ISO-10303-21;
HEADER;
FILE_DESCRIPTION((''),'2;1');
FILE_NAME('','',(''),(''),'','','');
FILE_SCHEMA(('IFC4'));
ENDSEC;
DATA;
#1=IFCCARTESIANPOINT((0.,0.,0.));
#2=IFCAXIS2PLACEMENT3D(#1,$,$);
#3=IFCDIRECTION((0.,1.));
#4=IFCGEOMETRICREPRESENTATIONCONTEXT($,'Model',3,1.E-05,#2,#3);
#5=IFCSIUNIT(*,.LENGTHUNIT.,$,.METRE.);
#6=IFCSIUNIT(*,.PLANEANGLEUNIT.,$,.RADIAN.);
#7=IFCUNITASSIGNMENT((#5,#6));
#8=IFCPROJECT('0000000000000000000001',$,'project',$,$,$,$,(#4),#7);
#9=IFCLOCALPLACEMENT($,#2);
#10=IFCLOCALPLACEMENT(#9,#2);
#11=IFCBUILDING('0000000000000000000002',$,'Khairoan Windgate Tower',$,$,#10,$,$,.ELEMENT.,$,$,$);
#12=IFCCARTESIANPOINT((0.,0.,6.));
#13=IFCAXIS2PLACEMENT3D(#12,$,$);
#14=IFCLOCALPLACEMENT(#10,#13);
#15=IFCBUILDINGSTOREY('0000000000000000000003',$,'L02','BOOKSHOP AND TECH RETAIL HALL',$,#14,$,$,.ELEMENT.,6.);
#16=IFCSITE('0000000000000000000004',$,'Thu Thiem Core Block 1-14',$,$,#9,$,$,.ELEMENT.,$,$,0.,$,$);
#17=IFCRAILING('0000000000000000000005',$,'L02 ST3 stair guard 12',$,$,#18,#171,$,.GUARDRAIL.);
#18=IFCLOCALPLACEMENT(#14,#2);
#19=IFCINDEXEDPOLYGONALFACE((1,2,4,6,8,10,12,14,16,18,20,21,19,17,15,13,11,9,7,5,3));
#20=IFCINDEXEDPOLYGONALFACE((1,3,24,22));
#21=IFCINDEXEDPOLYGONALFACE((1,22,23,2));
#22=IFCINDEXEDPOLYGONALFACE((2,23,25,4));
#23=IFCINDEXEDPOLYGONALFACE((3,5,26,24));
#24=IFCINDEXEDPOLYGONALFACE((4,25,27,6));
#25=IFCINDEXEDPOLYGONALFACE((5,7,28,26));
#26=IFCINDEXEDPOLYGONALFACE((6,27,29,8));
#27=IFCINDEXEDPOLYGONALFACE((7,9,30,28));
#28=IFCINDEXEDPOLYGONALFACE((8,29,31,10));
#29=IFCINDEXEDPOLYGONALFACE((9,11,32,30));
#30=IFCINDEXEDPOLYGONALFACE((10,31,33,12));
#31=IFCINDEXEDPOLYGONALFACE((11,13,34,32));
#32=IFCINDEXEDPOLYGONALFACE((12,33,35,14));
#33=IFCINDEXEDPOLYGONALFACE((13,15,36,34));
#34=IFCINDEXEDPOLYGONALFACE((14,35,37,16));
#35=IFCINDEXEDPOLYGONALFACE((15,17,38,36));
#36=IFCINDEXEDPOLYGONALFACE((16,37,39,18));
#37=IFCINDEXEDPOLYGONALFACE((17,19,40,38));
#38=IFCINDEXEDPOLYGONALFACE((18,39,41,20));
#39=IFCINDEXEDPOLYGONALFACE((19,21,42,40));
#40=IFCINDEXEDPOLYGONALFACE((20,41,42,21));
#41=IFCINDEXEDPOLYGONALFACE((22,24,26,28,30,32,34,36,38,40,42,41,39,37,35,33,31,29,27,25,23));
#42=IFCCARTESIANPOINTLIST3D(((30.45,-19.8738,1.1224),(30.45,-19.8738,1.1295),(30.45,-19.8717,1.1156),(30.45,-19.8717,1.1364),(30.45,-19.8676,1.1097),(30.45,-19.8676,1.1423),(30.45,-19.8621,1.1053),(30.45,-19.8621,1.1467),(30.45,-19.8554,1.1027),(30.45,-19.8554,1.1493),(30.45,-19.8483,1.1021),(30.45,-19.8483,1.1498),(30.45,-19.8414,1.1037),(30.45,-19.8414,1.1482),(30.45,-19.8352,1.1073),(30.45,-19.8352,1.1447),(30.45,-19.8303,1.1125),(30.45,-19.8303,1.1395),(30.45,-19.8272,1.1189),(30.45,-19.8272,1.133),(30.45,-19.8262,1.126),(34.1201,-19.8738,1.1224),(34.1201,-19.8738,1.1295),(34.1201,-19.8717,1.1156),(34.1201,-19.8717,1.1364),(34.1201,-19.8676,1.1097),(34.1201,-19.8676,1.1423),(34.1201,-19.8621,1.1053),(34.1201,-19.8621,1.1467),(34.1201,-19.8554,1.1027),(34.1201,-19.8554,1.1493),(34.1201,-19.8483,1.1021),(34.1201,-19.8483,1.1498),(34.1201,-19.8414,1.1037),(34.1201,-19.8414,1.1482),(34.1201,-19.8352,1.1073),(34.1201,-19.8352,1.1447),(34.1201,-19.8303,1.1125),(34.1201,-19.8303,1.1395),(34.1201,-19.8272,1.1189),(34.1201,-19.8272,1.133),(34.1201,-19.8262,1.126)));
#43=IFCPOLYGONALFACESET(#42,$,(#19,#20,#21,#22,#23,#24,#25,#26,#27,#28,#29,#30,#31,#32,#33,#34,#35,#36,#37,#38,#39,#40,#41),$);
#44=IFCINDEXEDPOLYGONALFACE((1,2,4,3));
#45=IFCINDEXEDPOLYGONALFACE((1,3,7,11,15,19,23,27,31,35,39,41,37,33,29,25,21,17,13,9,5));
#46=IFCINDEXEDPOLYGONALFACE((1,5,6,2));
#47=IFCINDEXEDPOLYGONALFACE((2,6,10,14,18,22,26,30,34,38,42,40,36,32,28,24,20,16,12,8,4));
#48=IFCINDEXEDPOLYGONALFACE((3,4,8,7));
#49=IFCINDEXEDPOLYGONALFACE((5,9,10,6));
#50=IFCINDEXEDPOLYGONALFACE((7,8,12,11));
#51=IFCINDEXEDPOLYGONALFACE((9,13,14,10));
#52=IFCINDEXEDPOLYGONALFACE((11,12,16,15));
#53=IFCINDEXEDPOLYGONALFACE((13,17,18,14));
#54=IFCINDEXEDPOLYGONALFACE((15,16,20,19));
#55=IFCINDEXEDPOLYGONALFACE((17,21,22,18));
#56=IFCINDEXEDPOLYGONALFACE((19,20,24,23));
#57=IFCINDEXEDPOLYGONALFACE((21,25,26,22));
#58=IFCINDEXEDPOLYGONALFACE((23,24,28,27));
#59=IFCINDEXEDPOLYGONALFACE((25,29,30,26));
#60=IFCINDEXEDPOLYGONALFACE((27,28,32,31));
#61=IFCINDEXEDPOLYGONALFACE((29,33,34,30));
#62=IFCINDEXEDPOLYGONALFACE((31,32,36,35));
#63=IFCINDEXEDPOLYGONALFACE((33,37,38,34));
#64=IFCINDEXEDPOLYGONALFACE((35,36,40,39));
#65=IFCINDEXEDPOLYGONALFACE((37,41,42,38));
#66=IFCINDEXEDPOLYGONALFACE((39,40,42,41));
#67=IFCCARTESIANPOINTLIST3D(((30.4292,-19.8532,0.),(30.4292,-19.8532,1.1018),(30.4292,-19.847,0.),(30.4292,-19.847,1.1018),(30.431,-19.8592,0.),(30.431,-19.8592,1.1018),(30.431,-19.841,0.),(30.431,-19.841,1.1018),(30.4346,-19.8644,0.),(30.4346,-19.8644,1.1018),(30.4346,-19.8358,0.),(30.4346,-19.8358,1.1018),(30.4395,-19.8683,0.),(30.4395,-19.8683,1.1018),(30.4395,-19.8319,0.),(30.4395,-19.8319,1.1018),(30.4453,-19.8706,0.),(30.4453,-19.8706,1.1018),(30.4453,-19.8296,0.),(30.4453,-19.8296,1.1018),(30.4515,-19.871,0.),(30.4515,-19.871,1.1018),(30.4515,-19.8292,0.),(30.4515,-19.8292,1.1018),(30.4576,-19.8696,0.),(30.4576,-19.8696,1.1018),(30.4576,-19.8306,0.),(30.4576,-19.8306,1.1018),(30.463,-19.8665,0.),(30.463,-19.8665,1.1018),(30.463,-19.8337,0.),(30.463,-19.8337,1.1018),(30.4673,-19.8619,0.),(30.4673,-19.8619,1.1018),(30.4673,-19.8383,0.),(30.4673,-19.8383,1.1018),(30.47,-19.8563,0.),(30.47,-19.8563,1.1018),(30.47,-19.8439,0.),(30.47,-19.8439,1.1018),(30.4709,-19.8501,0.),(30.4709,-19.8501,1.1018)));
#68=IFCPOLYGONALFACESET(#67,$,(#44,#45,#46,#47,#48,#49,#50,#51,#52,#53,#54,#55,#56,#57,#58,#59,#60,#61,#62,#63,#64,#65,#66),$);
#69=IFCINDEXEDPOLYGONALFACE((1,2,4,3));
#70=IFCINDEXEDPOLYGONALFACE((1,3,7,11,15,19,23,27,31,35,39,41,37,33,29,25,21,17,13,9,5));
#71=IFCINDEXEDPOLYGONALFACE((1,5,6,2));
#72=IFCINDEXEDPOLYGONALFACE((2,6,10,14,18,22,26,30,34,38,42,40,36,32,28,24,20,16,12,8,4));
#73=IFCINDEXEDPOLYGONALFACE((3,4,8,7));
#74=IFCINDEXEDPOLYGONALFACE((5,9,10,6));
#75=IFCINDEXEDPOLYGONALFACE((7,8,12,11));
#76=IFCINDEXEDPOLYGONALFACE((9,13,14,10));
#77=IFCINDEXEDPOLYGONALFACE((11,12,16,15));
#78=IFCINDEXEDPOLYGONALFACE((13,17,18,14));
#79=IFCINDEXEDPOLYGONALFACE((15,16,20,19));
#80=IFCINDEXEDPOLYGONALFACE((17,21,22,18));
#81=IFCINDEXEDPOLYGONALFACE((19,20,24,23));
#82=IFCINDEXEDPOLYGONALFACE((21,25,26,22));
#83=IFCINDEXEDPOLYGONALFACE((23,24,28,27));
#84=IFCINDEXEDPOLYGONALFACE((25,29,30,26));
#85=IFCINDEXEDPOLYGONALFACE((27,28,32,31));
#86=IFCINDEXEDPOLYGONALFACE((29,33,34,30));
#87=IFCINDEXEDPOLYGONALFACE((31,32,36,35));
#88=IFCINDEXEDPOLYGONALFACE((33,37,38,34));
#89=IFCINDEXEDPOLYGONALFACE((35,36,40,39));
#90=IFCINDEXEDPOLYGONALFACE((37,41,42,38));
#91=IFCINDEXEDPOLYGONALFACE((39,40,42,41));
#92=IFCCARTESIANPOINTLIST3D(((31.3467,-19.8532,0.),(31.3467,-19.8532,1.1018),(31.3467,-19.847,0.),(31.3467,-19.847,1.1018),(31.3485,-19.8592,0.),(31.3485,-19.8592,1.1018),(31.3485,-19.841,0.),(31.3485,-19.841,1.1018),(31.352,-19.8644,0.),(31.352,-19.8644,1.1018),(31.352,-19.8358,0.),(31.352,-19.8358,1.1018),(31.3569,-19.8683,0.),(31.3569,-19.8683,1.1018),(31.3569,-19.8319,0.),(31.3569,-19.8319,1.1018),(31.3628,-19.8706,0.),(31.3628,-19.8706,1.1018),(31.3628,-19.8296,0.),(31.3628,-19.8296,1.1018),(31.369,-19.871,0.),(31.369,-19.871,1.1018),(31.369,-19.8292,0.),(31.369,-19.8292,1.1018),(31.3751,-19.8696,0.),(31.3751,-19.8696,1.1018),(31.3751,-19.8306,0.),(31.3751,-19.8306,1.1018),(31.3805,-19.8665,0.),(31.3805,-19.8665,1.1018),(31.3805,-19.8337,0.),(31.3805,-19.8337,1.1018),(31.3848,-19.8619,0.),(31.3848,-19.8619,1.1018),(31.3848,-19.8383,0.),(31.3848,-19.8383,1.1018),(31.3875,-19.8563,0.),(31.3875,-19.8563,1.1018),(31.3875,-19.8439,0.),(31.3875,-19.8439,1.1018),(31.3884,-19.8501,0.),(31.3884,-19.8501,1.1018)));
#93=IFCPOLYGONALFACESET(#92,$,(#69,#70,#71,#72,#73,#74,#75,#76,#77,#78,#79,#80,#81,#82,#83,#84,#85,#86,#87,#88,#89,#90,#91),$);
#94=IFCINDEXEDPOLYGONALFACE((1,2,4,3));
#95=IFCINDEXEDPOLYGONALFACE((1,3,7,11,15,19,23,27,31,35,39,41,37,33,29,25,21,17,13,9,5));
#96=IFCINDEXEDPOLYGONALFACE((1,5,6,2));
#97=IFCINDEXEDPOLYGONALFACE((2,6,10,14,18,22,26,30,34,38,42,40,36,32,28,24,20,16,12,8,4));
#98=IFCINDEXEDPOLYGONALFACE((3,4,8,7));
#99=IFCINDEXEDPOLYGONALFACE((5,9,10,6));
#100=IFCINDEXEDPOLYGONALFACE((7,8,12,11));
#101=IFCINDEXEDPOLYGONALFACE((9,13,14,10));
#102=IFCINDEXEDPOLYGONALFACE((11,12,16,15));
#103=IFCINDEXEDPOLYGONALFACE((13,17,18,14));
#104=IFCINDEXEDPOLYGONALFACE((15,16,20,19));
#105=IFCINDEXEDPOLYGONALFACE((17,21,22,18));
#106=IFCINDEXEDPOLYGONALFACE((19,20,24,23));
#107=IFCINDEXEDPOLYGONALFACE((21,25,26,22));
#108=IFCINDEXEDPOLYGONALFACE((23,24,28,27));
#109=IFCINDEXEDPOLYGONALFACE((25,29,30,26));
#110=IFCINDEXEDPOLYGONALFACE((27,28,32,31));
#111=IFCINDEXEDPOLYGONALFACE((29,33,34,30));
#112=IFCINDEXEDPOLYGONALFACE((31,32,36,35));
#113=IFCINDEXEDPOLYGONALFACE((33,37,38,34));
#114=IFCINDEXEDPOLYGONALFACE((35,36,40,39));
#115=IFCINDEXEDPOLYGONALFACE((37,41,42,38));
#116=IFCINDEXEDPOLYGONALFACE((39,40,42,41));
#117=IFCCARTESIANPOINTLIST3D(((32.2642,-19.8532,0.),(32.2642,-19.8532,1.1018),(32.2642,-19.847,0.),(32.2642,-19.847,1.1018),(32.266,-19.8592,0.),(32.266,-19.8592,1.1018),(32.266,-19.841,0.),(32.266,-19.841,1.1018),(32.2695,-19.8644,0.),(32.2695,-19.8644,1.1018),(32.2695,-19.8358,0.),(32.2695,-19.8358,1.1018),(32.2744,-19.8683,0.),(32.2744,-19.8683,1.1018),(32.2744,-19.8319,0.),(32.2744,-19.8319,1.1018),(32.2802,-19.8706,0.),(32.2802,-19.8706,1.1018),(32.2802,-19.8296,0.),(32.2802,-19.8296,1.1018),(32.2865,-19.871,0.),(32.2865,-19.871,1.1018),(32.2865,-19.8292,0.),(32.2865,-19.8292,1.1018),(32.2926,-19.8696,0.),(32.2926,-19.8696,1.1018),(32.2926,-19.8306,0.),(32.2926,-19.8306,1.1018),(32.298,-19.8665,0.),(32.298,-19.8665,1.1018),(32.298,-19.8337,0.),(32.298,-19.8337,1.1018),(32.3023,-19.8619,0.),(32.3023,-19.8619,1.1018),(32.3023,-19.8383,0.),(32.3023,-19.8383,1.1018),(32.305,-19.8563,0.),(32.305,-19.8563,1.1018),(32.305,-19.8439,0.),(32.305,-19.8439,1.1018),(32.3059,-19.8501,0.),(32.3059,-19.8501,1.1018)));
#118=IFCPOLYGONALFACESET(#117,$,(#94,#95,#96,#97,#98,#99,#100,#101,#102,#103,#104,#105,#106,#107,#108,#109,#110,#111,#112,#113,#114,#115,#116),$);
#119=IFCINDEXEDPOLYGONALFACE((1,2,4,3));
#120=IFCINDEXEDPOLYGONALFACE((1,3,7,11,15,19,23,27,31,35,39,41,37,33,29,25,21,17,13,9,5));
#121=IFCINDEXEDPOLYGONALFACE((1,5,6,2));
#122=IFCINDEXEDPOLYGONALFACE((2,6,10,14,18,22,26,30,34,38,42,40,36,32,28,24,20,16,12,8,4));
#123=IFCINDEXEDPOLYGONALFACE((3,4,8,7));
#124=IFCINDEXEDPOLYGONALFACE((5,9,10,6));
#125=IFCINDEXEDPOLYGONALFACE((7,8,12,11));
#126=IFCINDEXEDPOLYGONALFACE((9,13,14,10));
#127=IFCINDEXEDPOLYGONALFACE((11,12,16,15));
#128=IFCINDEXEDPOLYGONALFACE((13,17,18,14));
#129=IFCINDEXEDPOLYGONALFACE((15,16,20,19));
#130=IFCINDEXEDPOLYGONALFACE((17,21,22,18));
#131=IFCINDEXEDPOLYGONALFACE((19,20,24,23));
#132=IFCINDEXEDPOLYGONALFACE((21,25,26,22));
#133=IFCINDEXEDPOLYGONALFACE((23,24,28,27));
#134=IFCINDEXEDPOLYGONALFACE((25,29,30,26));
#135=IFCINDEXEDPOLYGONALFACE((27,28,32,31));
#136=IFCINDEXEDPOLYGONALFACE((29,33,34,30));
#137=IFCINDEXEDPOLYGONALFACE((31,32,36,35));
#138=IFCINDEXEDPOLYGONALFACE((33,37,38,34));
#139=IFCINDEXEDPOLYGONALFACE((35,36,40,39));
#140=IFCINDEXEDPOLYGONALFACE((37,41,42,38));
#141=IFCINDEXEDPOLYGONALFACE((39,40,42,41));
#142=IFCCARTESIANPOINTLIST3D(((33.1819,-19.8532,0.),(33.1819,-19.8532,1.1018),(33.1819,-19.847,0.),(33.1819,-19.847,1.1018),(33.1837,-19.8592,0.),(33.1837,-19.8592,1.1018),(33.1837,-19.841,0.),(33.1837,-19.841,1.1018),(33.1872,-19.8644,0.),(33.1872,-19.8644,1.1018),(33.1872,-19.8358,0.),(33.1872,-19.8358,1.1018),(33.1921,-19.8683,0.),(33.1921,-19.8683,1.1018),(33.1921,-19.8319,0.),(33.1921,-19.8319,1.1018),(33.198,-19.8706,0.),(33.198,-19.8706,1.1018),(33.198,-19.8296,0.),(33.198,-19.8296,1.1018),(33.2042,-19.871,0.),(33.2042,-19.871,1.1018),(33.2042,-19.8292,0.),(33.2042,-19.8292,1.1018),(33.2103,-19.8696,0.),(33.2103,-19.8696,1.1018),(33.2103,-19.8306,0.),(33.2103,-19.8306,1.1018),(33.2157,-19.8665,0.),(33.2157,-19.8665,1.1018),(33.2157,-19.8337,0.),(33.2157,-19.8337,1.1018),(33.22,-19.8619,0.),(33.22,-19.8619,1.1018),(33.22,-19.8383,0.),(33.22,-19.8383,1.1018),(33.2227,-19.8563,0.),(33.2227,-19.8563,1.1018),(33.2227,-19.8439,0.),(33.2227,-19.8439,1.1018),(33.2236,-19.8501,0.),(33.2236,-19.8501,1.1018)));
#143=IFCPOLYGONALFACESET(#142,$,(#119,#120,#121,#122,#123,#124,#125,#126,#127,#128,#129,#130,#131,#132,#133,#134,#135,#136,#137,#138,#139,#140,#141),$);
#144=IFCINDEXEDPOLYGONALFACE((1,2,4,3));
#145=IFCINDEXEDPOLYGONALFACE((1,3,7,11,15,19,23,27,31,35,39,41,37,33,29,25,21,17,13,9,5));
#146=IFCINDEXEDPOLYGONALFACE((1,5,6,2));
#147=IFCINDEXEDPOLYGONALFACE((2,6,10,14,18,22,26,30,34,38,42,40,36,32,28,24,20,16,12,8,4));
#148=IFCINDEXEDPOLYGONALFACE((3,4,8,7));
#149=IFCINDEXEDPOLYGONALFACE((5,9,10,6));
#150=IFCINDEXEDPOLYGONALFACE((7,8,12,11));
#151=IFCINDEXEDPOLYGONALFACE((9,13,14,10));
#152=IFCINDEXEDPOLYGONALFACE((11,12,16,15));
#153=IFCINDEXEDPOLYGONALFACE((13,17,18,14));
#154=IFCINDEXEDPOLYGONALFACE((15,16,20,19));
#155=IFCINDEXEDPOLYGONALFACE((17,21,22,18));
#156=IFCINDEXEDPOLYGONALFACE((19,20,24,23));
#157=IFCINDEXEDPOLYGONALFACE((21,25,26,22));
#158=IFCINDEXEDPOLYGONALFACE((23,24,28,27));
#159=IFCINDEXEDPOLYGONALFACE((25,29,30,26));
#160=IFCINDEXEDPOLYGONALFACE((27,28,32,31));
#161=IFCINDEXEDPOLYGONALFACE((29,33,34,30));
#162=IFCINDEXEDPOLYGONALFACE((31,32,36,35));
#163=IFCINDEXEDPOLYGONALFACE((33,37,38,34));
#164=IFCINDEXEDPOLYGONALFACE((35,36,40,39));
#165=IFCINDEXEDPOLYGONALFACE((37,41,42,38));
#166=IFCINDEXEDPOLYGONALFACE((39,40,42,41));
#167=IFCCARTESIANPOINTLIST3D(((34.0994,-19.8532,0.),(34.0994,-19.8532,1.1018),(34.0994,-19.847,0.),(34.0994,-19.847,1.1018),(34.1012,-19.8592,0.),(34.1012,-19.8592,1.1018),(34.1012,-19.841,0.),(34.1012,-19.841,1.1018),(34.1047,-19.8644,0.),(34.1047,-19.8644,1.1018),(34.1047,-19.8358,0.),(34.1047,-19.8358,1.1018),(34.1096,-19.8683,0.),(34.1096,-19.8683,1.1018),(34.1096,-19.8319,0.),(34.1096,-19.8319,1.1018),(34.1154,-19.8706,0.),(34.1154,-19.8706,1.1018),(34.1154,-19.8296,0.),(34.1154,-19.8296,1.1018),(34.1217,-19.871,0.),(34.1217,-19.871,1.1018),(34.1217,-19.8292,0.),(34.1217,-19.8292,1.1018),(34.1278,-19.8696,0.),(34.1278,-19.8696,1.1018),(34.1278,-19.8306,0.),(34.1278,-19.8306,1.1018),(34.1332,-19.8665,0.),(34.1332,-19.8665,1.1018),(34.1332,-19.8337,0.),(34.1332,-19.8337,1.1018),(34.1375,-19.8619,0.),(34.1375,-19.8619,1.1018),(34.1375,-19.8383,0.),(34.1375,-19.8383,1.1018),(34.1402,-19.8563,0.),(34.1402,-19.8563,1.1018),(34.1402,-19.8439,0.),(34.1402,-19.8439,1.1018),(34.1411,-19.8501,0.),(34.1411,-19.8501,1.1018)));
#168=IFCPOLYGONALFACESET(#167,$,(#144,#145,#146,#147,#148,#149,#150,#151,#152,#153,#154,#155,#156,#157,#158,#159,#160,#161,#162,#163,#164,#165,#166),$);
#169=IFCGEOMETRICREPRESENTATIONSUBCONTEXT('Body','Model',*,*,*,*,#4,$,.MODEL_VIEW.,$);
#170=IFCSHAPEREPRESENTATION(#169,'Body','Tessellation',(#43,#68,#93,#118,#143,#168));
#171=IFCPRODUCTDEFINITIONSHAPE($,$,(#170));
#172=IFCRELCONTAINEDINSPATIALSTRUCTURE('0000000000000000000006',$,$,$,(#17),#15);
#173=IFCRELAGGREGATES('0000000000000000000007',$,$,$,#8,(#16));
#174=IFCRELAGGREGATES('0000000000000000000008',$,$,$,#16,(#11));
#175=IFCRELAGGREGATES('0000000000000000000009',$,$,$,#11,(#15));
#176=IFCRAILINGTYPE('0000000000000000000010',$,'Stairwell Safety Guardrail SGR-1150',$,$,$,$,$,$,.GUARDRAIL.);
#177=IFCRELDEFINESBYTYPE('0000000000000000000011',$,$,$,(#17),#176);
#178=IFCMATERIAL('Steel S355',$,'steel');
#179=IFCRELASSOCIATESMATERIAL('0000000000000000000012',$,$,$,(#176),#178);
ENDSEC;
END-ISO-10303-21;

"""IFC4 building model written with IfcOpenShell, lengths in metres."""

from ifc_helpers import new_model, si_unit, direction, frame, origin, origin_2d, place, context, subcontext, project, spatial, circle, extrude, material, type_object, element, save


model = new_model("IFC4")

# Units and contexts
model_context = context("Model", 3, precision=1e-05, world=origin(), true_north=direction((0.0, 1.0)))
body_context = subcontext(model_context, "Body", "Model", "MODEL_VIEW")
ifc_project = project(units=[si_unit("LENGTHUNIT", "METRE"), si_unit("PLANEANGLEUNIT", "RADIAN")], contexts=[model_context])

# Site, building, storey
site_placement = place(None, origin())
site = spatial("IfcSite", under=ifc_project, at=site_placement, Name="Thu Thiem Core Block 1-14", CompositionType="ELEMENT", RefElevation=0.0)
building_placement = place(site_placement, origin())
building = spatial("IfcBuilding", under=site, at=building_placement, Name="Khairoan Windgate Tower", CompositionType="ELEMENT")
storey_placement = place(building_placement, frame((0.0, 0.0, 6.0)))
storey = spatial("IfcBuildingStorey", under=building, at=storey_placement, Name="L02", Description="BOOKSHOP AND TECH RETAIL HALL", CompositionType="ELEMENT", Elevation=6.0)

# Railing
ifc_material_1 = material(Name="Steel S355", Category="steel")
railing_type_1 = type_object("IfcRailingType", Name="Stairwell Safety Guardrail SGR-1150", PredefinedType="GUARDRAIL", material=ifc_material_1)
railing_1_placement = place(storey_placement, frame((30.45, -19.8501, 0.0)))
element("IfcRailing", 1, at=railing_1_placement, inside=storey, type_object=railing_type_1, Name="L02 ST3 stair guard 12", PredefinedType="GUARDRAIL", context=body_context, shape_type="SweptSolid", body=[
    extrude(circle(Radius=0.0239, at=origin_2d()), frame((0.0, 0.0, 1.126), z_axis=(1.0, 0.0, 0.0), x_axis=(0.0, 1.0, 0.0)), (0.0, 0.0, 1.0), 3.6702),
    extrude(circle(Radius=0.021, at=origin_2d()), origin(), (0.0, 0.0, 1.0), 1.1018),
    extrude(circle(Radius=0.021, at=origin_2d()), frame((0.9175, 0.0, 0.0)), (0.0, 0.0, 1.0), 1.1018),
    extrude(circle(Radius=0.021, at=origin_2d()), frame((1.835, 0.0, 0.0)), (0.0, 0.0, 1.0), 1.1018),
    extrude(circle(Radius=0.021, at=origin_2d()), frame((2.7527, 0.0, 0.0)), (0.0, 0.0, 1.0), 1.1018),
    extrude(circle(Radius=0.021, at=origin_2d()), frame((3.6702, 0.0, 0.0)), (0.0, 0.0, 1.0), 1.1018),
])

save(model, "model.ifc")
